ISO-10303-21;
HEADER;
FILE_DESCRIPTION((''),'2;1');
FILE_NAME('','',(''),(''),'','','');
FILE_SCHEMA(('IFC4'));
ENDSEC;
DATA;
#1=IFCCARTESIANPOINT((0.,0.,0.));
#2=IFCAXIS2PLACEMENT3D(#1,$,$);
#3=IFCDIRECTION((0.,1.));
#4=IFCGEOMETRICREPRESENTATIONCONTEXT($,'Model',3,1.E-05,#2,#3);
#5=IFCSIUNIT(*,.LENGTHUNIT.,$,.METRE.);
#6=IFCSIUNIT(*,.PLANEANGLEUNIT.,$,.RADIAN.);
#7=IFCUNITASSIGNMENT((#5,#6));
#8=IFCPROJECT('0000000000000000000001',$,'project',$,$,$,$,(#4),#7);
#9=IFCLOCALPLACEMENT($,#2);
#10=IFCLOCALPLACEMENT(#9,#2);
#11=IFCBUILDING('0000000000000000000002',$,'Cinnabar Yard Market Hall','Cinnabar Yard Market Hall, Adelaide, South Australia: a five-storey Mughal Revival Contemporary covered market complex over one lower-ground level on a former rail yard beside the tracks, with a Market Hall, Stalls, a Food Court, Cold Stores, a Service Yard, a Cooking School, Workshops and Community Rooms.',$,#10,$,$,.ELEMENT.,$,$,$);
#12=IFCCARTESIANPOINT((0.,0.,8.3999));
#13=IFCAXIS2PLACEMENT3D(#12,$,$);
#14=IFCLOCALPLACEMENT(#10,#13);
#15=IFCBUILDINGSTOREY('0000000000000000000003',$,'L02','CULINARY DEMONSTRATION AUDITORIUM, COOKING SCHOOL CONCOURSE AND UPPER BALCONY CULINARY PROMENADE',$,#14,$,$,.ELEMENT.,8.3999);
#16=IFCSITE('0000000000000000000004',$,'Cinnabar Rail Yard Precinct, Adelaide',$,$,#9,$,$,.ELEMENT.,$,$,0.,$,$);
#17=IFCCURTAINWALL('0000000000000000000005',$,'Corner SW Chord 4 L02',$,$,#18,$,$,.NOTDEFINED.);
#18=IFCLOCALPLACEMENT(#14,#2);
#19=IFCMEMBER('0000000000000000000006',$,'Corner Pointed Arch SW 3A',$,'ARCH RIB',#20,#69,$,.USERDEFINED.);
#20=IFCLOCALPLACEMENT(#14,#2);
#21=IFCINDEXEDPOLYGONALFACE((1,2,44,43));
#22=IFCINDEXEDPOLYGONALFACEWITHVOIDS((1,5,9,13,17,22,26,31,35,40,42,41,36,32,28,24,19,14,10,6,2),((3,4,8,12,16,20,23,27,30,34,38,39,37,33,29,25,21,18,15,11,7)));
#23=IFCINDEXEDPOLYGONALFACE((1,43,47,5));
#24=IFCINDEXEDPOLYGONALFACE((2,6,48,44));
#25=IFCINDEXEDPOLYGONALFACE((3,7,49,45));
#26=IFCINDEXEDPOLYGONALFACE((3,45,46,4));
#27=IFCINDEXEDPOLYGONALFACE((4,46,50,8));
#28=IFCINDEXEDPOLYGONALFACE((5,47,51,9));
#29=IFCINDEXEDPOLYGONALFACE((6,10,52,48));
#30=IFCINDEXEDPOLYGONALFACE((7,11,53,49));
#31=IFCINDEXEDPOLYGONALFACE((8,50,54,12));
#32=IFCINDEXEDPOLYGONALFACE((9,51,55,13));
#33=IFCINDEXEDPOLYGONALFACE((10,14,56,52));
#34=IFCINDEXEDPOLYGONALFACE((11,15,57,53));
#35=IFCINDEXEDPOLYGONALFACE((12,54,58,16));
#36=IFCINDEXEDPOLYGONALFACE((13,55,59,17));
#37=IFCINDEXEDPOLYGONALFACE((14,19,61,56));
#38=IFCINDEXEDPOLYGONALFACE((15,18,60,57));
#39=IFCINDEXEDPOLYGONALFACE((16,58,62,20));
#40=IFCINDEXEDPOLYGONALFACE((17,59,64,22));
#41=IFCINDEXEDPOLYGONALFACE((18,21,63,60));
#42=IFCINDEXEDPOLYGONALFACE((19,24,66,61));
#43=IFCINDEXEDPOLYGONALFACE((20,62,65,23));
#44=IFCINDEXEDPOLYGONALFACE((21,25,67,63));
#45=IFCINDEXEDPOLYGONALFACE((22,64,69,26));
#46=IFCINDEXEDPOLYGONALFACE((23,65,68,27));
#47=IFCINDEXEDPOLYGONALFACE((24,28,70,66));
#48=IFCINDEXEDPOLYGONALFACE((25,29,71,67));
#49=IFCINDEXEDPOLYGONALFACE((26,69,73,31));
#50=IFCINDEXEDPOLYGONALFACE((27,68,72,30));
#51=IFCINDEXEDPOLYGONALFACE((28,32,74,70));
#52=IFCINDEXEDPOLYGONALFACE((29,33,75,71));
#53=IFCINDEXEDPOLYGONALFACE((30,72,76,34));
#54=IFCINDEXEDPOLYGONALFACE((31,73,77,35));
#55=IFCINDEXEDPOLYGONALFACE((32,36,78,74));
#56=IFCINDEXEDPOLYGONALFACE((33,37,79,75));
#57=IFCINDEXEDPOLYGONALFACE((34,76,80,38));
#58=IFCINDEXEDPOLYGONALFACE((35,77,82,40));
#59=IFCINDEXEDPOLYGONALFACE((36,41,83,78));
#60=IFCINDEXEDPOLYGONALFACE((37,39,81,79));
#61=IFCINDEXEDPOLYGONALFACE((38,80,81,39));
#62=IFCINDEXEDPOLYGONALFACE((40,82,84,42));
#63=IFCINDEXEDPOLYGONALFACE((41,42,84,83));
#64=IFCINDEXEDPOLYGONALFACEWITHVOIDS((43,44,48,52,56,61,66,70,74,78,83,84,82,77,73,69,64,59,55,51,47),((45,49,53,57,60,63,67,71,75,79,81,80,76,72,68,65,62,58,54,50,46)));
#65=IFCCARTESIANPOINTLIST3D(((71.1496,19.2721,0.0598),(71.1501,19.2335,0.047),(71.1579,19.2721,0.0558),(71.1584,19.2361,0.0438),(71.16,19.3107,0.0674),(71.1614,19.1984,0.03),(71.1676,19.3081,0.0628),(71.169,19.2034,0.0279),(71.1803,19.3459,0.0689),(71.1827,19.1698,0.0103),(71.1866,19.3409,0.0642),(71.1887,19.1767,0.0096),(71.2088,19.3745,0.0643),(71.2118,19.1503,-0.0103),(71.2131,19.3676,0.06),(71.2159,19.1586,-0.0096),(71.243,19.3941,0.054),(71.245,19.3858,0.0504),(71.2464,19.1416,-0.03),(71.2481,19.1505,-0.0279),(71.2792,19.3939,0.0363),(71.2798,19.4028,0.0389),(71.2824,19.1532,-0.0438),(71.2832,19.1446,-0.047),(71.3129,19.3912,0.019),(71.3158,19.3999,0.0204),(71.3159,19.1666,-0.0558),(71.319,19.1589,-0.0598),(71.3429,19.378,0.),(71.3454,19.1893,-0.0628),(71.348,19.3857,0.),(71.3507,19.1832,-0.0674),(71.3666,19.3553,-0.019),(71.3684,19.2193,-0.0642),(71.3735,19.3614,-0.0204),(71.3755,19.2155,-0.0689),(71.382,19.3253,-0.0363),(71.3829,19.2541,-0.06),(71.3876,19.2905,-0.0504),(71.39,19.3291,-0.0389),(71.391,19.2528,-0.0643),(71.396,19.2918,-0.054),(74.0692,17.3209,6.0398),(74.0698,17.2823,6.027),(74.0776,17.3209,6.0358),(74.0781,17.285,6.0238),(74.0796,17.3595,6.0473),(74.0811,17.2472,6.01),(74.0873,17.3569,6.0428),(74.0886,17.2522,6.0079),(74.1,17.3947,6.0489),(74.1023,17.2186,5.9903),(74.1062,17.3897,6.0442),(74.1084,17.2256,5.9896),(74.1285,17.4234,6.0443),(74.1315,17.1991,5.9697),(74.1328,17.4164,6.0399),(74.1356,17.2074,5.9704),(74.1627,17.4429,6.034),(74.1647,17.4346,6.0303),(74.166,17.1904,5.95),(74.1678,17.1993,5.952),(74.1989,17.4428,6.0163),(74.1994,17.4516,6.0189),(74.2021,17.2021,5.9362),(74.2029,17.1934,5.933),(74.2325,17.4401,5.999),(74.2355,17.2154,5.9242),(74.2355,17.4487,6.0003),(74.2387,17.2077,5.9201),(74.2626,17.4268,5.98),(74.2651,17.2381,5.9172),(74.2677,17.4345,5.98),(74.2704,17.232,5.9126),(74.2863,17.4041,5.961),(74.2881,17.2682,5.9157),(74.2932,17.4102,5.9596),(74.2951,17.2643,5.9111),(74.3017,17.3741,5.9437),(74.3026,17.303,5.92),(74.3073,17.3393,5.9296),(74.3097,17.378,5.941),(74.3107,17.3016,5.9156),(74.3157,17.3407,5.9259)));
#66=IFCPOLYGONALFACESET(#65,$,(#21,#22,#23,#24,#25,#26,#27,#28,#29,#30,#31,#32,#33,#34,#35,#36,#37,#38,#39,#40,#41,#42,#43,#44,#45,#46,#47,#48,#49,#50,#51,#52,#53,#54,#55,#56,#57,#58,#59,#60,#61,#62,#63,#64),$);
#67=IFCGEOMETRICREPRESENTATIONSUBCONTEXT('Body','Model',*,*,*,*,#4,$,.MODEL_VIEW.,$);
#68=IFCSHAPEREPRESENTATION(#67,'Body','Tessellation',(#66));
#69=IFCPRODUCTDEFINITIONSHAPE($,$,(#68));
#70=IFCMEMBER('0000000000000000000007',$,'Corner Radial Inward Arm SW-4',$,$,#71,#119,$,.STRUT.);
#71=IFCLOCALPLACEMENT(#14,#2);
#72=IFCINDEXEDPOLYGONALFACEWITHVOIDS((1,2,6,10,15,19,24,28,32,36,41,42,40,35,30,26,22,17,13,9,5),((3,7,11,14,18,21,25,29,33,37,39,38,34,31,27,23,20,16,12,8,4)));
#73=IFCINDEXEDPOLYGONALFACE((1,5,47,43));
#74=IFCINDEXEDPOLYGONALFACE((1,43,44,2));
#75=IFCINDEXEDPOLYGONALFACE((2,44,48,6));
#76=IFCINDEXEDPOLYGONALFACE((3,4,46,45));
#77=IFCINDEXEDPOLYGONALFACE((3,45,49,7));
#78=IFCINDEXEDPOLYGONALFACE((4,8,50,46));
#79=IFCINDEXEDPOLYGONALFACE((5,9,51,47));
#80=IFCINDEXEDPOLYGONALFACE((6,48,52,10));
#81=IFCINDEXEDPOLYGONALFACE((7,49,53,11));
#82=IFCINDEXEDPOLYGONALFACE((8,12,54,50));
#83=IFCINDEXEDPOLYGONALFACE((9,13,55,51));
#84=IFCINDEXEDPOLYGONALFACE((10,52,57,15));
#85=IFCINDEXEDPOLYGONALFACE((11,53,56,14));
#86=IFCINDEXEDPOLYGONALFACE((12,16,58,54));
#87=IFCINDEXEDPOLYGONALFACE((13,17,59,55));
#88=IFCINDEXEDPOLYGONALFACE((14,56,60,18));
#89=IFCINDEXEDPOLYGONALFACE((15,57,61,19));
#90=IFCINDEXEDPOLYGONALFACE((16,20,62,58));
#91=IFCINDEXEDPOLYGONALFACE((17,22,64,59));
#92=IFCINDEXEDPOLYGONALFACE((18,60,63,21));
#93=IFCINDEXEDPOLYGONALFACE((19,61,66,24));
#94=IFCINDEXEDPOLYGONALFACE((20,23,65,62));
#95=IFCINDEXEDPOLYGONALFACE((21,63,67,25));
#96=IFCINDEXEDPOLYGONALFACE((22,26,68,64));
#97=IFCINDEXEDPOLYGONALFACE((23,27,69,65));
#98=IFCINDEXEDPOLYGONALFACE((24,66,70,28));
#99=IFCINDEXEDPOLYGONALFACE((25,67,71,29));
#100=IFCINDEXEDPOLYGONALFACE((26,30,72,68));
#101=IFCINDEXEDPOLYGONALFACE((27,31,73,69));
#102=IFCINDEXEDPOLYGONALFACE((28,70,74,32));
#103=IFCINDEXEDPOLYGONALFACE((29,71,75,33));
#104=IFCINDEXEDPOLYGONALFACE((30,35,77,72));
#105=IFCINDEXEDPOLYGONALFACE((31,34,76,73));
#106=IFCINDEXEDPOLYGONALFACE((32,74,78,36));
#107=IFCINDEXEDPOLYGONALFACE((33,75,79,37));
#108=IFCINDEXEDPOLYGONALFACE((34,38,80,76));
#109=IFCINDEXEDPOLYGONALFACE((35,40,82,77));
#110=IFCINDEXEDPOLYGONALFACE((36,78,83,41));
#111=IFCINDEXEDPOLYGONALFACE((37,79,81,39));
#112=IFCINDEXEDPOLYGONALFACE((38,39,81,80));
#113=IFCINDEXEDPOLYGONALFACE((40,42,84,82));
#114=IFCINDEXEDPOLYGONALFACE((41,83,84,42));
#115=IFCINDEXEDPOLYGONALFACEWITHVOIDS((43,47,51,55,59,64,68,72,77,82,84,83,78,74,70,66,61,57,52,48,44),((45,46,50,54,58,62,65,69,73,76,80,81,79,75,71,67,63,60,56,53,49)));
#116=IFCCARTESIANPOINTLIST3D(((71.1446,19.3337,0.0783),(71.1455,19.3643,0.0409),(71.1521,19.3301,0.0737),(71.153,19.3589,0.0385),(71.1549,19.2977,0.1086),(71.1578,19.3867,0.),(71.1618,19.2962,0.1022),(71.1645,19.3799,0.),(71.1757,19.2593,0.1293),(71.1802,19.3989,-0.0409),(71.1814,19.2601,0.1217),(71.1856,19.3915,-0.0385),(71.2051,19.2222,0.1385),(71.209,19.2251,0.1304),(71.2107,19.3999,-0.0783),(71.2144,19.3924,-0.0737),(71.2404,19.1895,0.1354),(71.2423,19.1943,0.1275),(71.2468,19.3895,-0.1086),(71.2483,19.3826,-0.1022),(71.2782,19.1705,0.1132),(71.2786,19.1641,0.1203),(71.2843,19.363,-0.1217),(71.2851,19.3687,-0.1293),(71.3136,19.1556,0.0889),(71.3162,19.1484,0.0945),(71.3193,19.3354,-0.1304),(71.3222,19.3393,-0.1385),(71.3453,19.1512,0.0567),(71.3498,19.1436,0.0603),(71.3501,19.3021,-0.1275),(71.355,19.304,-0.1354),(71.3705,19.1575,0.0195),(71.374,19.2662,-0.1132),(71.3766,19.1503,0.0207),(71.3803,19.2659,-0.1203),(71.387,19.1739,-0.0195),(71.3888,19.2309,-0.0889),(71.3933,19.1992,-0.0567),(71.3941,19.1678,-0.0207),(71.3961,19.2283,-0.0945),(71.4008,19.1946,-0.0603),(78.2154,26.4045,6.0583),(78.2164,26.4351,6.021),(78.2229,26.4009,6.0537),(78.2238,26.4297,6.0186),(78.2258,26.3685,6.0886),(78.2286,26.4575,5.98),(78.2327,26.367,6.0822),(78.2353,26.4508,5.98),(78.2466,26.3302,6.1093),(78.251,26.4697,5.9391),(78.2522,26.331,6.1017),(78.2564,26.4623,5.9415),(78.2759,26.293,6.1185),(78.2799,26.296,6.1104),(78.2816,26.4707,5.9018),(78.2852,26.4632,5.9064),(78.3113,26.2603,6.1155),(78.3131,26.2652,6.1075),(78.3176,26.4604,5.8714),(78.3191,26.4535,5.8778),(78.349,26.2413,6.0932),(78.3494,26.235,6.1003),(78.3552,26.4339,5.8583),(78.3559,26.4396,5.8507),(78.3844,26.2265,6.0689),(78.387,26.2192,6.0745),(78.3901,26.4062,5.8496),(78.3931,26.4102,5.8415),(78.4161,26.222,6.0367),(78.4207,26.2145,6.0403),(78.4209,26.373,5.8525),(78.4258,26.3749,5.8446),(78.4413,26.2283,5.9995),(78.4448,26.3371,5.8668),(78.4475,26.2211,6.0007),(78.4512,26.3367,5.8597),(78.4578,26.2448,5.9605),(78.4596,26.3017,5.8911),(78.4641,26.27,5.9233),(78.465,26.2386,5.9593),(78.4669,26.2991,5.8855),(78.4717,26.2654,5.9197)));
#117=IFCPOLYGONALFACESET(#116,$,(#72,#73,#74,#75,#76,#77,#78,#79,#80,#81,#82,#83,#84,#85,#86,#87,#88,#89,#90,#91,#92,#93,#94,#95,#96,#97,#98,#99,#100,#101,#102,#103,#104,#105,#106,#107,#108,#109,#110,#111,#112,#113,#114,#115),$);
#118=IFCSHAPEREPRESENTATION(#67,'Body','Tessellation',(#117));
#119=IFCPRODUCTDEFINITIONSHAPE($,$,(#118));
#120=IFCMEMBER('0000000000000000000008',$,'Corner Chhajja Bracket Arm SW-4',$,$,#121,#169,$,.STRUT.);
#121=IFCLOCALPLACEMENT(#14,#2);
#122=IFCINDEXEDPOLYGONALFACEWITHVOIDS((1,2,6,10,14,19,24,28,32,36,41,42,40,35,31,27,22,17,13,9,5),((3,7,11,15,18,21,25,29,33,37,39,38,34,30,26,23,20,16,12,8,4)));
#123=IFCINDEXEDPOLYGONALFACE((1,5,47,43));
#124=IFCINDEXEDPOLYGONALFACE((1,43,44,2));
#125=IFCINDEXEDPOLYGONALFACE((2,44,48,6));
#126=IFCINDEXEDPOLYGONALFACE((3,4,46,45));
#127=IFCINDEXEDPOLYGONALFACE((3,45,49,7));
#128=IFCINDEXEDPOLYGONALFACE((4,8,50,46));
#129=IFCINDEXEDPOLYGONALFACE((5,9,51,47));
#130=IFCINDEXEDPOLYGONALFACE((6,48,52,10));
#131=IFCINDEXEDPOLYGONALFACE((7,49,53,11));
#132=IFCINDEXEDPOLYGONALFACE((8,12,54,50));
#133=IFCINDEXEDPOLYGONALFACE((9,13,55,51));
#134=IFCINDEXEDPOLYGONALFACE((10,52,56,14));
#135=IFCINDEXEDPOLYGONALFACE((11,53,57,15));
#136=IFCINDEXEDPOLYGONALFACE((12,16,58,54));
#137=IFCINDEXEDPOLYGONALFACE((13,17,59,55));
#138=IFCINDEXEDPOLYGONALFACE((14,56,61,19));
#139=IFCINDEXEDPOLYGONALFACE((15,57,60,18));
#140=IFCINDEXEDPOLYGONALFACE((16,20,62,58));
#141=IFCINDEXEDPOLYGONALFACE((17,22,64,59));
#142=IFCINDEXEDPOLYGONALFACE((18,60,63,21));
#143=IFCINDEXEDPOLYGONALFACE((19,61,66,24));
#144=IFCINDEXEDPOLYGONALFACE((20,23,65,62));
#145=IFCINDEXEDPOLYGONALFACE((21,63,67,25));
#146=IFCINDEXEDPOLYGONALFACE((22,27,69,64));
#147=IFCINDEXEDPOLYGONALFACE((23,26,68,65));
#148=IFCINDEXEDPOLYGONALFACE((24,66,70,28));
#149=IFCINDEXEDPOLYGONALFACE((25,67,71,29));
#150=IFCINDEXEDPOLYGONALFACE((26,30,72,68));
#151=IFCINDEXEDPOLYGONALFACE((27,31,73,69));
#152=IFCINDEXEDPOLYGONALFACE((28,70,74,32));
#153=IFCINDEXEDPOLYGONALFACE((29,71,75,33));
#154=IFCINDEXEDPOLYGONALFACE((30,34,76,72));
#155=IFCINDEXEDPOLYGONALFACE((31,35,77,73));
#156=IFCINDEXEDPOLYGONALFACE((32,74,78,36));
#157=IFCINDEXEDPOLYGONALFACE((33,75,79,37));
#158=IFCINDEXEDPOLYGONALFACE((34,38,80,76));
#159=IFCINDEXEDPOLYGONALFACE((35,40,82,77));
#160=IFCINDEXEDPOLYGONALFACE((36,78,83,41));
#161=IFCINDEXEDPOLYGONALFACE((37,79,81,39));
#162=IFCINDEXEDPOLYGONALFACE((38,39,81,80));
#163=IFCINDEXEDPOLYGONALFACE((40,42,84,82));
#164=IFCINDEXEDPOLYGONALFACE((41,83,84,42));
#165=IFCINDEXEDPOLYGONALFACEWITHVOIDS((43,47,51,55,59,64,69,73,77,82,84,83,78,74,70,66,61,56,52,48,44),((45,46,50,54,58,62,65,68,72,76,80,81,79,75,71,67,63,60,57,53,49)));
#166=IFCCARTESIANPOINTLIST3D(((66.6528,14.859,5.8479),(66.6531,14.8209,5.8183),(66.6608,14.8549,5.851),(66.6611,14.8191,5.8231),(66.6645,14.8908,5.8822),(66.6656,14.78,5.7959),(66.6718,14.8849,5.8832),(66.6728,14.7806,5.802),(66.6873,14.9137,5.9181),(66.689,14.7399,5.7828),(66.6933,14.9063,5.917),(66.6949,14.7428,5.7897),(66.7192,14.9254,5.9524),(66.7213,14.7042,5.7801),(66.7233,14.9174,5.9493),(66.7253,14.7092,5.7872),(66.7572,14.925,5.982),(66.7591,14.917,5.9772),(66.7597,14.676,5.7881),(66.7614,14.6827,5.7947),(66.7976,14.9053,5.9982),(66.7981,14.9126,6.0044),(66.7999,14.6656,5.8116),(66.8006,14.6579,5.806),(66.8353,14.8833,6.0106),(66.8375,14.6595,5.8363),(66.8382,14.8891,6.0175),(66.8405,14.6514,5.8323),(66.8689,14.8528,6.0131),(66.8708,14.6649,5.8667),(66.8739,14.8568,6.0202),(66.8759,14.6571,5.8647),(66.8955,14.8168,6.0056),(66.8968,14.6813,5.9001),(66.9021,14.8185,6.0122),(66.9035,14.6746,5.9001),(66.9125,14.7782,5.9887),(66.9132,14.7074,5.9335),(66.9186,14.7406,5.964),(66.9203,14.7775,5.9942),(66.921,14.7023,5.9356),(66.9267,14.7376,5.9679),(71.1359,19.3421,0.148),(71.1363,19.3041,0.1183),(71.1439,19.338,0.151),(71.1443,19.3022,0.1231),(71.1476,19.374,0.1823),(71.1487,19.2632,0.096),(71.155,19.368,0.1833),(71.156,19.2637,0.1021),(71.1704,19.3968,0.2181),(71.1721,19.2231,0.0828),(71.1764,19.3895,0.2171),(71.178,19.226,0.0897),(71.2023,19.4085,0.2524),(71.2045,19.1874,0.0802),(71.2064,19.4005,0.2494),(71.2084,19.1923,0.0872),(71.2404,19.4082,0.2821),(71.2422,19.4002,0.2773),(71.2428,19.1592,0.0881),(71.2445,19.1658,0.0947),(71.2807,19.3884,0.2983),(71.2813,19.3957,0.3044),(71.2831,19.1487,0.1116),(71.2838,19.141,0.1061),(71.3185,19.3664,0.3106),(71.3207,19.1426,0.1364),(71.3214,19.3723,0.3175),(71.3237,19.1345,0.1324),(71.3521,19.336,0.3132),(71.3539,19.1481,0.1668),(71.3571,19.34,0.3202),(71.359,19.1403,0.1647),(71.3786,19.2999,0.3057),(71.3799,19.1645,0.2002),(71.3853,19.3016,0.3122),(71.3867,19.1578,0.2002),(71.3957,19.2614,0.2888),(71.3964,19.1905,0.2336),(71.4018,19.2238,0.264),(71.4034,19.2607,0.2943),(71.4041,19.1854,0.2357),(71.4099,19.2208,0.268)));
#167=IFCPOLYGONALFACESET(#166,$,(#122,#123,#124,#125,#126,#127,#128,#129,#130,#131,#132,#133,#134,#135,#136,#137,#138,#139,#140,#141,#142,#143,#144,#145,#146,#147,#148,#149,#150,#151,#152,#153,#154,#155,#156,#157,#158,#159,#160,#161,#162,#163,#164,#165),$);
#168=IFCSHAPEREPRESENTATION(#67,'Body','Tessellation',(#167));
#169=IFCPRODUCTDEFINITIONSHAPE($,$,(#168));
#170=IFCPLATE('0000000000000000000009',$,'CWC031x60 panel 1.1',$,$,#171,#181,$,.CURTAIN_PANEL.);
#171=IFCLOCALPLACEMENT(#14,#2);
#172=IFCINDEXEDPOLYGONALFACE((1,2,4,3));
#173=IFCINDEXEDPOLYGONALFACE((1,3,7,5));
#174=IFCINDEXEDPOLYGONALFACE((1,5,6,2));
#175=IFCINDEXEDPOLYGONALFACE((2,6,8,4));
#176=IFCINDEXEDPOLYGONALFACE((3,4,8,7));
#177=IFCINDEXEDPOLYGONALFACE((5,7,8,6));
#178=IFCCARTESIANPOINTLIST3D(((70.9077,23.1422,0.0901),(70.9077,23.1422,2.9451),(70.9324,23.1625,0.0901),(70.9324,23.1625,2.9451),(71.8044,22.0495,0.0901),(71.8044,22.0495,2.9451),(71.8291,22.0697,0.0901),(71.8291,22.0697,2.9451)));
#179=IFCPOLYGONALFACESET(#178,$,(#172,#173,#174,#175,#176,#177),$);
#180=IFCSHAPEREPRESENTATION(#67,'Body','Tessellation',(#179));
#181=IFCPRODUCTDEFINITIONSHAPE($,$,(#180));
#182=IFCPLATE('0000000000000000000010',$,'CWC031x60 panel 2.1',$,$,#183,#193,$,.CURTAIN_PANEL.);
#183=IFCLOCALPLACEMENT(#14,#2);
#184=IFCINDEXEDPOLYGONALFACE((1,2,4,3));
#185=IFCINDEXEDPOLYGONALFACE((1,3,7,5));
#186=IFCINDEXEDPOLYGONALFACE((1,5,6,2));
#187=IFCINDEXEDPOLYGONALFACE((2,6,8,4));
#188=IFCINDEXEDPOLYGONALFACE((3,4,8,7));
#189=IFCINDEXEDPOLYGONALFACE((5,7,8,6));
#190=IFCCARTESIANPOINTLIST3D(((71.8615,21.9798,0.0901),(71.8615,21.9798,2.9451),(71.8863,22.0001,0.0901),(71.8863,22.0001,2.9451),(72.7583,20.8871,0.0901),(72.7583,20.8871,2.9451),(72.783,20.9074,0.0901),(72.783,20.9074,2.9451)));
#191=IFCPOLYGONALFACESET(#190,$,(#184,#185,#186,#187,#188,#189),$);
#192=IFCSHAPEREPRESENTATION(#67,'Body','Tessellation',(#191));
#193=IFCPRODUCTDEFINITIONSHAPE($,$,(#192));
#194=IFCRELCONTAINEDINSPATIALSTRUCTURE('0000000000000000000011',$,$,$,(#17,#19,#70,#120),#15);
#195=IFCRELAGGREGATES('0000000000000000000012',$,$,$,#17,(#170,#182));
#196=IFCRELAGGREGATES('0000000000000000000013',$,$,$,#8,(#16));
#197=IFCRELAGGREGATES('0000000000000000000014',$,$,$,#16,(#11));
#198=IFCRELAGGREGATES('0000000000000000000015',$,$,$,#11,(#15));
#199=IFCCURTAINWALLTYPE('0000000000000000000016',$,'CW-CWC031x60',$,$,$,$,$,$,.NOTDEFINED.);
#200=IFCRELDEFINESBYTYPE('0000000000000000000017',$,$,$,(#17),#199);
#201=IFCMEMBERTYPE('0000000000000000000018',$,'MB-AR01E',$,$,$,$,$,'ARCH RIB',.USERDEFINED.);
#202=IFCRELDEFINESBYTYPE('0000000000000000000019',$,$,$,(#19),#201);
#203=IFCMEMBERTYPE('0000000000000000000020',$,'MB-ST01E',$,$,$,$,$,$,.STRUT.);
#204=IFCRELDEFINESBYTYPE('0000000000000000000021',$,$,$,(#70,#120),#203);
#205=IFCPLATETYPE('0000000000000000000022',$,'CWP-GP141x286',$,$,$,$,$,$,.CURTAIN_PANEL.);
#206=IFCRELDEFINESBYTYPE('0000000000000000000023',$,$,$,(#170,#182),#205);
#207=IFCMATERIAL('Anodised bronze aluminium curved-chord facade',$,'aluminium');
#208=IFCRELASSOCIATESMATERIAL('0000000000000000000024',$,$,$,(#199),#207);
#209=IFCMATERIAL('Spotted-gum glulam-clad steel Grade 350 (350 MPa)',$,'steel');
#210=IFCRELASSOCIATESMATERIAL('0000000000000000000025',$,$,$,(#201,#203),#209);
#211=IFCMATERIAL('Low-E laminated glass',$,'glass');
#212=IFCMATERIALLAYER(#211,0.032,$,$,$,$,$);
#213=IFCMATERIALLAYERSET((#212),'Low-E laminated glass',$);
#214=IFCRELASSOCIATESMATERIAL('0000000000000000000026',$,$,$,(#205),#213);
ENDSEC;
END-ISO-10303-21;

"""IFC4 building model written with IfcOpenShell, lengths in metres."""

from ifc_helpers import new_model, si_unit, direction, frame, origin, origin_2d_with_axis, place, context, subcontext, project, spatial, rectangle, hollow_circle, extrude, material, layer, layer_set, material_profile, profile_set, type_object, element, aggregate, save


model = new_model("IFC4")

# Units and contexts
model_context = context("Model", 3, precision=1e-05, world=origin(), true_north=direction((0.0, 1.0)))
body_context = subcontext(model_context, "Body", "Model", "MODEL_VIEW")
ifc_project = project(units=[si_unit("LENGTHUNIT", "METRE"), si_unit("PLANEANGLEUNIT", "RADIAN")], contexts=[model_context])

# Site, building, storey
site_placement = place(None, origin())
site = spatial("IfcSite", under=ifc_project, at=site_placement, Name="Cinnabar Rail Yard Precinct, Adelaide", CompositionType="ELEMENT", RefElevation=0.0)
building_placement = place(site_placement, origin())
building = spatial("IfcBuilding", under=site, at=building_placement, Name="Cinnabar Yard Market Hall", Description="Cinnabar Yard Market Hall, Adelaide, South Australia: a five-storey Mughal Revival Contemporary covered market complex over one lower-ground level on a former rail yard beside the tracks, with a Market Hall, Stalls, a Food Court, Cold Stores, a Service Yard, a Cooking School, Workshops and Community Rooms.", CompositionType="ELEMENT")
storey_placement = place(building_placement, frame((0.0, 0.0, 8.3999)))
storey = spatial("IfcBuildingStorey", under=building, at=storey_placement, Name="L02", Description="CULINARY DEMONSTRATION AUDITORIUM, COOKING SCHOOL CONCOURSE AND UPPER BALCONY CULINARY PROMENADE", CompositionType="ELEMENT", Elevation=8.3999)

# Shared definitions
ifc_material_1 = material(Name="Spotted-gum glulam-clad steel Grade 350 (350 MPa)", Category="steel")

# Curtain wall
ifc_material_2 = material(Name="Anodised bronze aluminium curved-chord facade", Category="aluminium")
curtain_wall_type = type_object("IfcCurtainWallType", Name="CW-CWC031x60", PredefinedType="NOTDEFINED", material=ifc_material_2)
curtain_wall_1_placement = place(storey_placement, origin())
curtain_wall_1 = element("IfcCurtainWall", 1, at=curtain_wall_1_placement, inside=storey, type_object=curtain_wall_type, Name="Corner SW Chord 4 L02", PredefinedType="NOTDEFINED")

# Members
ifc_material_profile_1 = material_profile(ifc_material_1, hollow_circle(Radius=0.1365, WallThickness=0.0093, at=origin_2d_with_axis()), Name="273.1x9.3CHS")
ifc_profile_set_1 = profile_set([ifc_material_profile_1], Name="Spotted-gum glulam-clad steel Grade 350 (350 MPa)")
member_type_1 = type_object("IfcMemberType", Name="MB-AR01E", ElementType="ARCH RIB", PredefinedType="USERDEFINED", material=ifc_profile_set_1)
for number, where, z_axis, x_axis, name in (
    (2, (71.2722, 19.2722, 0.0), (0.421017, -0.281359, 0.862312), (0.55563, 0.831429, 0.0), "Corner Pointed Arch SW 3A"),
):
    element("IfcMember", number, at=place(storey_placement, frame(where, z_axis=z_axis, x_axis=x_axis)), inside=storey, type_object=member_type_1, Name=name, ObjectType="ARCH RIB", PredefinedType="USERDEFINED", context=body_context, shape_type="SweptSolid", body=[
        extrude(hollow_circle(Radius=0.1365, WallThickness=0.0093, at=origin_2d_with_axis()), origin(), (0.0, 0.0, 1.0), 6.9348),
    ])
ifc_material_profile_2 = material_profile(ifc_material_1, hollow_circle(Radius=0.1619, WallThickness=0.0095, at=origin_2d_with_axis()), Name="323.9x9.5CHS")
ifc_profile_set_2 = profile_set([ifc_material_profile_2], Name="Spotted-gum glulam-clad steel Grade 350 (350 MPa)")
member_type_2 = type_object("IfcMemberType", Name="MB-ST01E", PredefinedType="STRUT", material=ifc_profile_set_2)
member_1_placement = place(storey_placement, frame((71.2722, 19.2722, 0.0), z_axis=(0.606868, 0.606868, 0.513246), x_axis=(-0.707107, 0.707107, 0.0)))
element("IfcMember", 3, at=member_1_placement, inside=storey, type_object=member_type_2, Name="Corner Radial Inward Arm SW-4", PredefinedType="STRUT", context=body_context, shape_type="SweptSolid", body=[
    extrude(hollow_circle(Radius=0.1619, WallThickness=0.0095, at=origin_2d_with_axis()), origin(), (0.0, 0.0, 1.0), 11.6514),
])
member_2_placement = place(storey_placement, frame((71.2722, 19.2722, 0.2002), z_axis=(-0.525843, -0.525843, 0.668565), x_axis=(0.707107, -0.707107, 0.0)))
element("IfcMember", 4, at=member_2_placement, inside=storey, type_object=member_type_2, Name="Corner Chhajja Bracket Arm SW-4", PredefinedType="STRUT", context=body_context, shape_type="SweptSolid", body=[
    extrude(hollow_circle(Radius=0.1619, WallThickness=0.0095, at=origin_2d_with_axis()), origin(), (0.0, 0.0, 1.0), 8.5256),
])

# Plates
ifc_material_3 = material(Name="Low-E laminated glass", Category="glass")
ifc_layer_1 = layer(ifc_material_3, 0.032)
ifc_layer_set_1 = layer_set([ifc_layer_1], Name="Low-E laminated glass")
plate_type_1 = type_object("IfcPlateType", Name="CWP-GP141x286", PredefinedType="CURTAIN_PANEL", material=ifc_layer_set_1)
plate_1_placement = place(storey_placement, frame((71.3684, 22.606, 0.0901), z_axis=(0.0, 0.0, 1.0), x_axis=(0.634383, -0.773019, 0.0)))
plate_1 = element("IfcPlate", 5, at=plate_1_placement, type_object=plate_type_1, Name="CWC031x60 panel 1.1", PredefinedType="CURTAIN_PANEL", context=body_context, shape_type="SweptSolid", body=[
    extrude(rectangle(XDim=1.4136, YDim=0.032, at=origin_2d_with_axis()), origin(), (0.0, 0.0, 1.0), 2.855),
])
plate_2_placement = place(storey_placement, frame((72.3223, 21.4436, 0.0901), z_axis=(0.0, 0.0, 1.0), x_axis=(0.634383, -0.773019, 0.0)))
plate_2 = element("IfcPlate", 6, at=plate_2_placement, type_object=plate_type_1, Name="CWC031x60 panel 2.1", PredefinedType="CURTAIN_PANEL", context=body_context, shape_type="SweptSolid", body=[
    extrude(rectangle(XDim=1.4136, YDim=0.032, at=origin_2d_with_axis()), origin(), (0.0, 0.0, 1.0), 2.855),
])
aggregate(curtain_wall_1, [plate_1, plate_2])

save(model, "model.ifc")
